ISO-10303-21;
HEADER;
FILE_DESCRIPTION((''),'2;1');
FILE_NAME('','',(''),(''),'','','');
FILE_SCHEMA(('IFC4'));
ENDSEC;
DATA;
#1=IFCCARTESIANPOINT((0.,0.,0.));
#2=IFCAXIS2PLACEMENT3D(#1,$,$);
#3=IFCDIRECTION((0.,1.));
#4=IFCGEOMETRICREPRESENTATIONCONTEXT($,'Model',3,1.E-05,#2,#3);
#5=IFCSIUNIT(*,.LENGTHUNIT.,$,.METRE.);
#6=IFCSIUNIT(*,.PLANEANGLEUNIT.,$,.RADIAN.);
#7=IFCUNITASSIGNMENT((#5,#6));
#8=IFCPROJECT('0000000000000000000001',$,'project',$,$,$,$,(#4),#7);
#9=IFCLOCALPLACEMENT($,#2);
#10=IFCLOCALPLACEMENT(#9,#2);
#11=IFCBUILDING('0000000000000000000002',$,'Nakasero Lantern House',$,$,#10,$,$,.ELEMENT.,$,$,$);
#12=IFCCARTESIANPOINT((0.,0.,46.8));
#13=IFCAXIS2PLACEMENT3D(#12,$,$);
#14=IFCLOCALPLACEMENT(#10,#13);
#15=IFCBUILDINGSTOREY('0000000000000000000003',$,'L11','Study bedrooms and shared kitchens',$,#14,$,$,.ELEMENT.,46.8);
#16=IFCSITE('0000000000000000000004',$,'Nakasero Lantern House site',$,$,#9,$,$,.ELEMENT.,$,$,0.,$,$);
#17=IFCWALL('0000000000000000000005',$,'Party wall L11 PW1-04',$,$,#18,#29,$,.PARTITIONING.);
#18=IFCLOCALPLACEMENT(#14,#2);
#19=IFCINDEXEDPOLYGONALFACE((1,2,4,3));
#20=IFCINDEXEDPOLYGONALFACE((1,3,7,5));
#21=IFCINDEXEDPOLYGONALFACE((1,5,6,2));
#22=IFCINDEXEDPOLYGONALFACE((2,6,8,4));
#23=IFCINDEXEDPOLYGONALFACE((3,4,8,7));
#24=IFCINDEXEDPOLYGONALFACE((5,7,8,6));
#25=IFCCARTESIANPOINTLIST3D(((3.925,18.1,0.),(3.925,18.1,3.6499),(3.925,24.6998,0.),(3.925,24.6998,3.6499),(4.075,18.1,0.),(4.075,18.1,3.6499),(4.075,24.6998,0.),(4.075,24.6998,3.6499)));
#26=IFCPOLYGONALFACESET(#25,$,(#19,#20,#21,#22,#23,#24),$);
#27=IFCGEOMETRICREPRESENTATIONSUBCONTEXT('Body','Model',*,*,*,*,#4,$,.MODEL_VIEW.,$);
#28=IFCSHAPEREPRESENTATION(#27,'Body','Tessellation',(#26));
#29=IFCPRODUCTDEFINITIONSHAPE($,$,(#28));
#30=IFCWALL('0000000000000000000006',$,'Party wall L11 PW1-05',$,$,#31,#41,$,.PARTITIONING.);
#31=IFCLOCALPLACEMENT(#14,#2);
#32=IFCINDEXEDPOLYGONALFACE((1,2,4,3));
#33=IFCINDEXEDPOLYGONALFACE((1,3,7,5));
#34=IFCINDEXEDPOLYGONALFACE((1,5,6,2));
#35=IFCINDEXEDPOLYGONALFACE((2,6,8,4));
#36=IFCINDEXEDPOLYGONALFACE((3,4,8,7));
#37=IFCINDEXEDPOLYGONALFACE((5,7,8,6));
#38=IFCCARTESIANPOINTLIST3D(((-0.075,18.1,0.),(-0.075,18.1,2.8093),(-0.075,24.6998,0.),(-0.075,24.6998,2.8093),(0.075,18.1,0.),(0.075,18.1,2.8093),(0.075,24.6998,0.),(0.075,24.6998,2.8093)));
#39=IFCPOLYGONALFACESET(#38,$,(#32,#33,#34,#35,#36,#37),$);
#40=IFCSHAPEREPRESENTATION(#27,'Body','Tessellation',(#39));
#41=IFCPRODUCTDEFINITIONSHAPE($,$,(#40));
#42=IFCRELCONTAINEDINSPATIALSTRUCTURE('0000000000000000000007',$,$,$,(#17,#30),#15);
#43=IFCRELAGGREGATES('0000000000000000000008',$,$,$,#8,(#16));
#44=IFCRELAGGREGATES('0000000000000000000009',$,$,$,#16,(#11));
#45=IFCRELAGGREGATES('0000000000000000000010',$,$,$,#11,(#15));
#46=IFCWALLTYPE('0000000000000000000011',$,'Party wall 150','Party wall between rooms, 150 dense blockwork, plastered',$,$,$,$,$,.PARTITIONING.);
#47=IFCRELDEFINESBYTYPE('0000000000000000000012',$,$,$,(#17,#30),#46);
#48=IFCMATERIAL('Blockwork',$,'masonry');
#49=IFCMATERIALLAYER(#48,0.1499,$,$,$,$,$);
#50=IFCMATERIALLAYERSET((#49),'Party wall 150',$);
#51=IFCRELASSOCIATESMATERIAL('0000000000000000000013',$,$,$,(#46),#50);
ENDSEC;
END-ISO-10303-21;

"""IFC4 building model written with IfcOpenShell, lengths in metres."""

from ifc_helpers import new_model, si_unit, direction, frame, frame_2d, origin, place, context, subcontext, project, spatial, rectangle, extrude, material, layer, layer_set, type_object, element, save


model = new_model("IFC4")

# Units and contexts
model_context = context("Model", 3, precision=1e-05, world=origin(), true_north=direction((0.0, 1.0)))
body_context = subcontext(model_context, "Body", "Model", "MODEL_VIEW")
ifc_project = project(units=[si_unit("LENGTHUNIT", "METRE"), si_unit("PLANEANGLEUNIT", "RADIAN")], contexts=[model_context])

# Site, building, storey
site_placement = place(None, origin())
site = spatial("IfcSite", under=ifc_project, at=site_placement, Name="Nakasero Lantern House site", CompositionType="ELEMENT", RefElevation=0.0)
building_placement = place(site_placement, origin())
building = spatial("IfcBuilding", under=site, at=building_placement, Name="Nakasero Lantern House", CompositionType="ELEMENT")
storey_placement = place(building_placement, frame((0.0, 0.0, 46.8)))
storey = spatial("IfcBuildingStorey", under=building, at=storey_placement, Name="L11", Description="Study bedrooms and shared kitchens", CompositionType="ELEMENT", Elevation=46.8)

# Walls
ifc_material_1 = material(Name="Blockwork", Category="masonry")
ifc_layer_1 = layer(ifc_material_1, 0.1499)
ifc_layer_set_1 = layer_set([ifc_layer_1], Name="Party wall 150")
wall_type_1 = type_object("IfcWallType", Name="Party wall 150", Description="Party wall between rooms, 150 dense blockwork, plastered", PredefinedType="PARTITIONING", material=ifc_layer_set_1)
for number, where, z_axis, x_axis, name in (
    (1, (4.0, 18.1001, 0.0), (0.0, 0.0, 1.0), (0.0, 1.0, 0.0), "Party wall L11 PW1-04"),
):
    element("IfcWall", number, at=place(storey_placement, frame(where, z_axis=z_axis, x_axis=x_axis)), inside=storey, type_object=wall_type_1, Name=name, PredefinedType="PARTITIONING", context=body_context, shape_type="SweptSolid", body=[
        extrude(rectangle(XDim=6.5999, YDim=0.1499, at=frame_2d((3.2998, 0.0))), origin(), (0.0, 0.0, 1.0), 3.6499),
    ])
wall_1_placement = place(storey_placement, frame((0.0, 18.1001, 0.0), z_axis=(0.0, 0.0, 1.0), x_axis=(0.0, 1.0, 0.0)))
element("IfcWall", 2, at=wall_1_placement, inside=storey, type_object=wall_type_1, Name="Party wall L11 PW1-05", PredefinedType="PARTITIONING", context=body_context, shape_type="SweptSolid", body=[
    extrude(rectangle(XDim=6.5999, YDim=0.1499, at=frame_2d((3.2998, 0.0))), origin(), (0.0, 0.0, 1.0), 2.8093),
])

save(model, "model.ifc")
